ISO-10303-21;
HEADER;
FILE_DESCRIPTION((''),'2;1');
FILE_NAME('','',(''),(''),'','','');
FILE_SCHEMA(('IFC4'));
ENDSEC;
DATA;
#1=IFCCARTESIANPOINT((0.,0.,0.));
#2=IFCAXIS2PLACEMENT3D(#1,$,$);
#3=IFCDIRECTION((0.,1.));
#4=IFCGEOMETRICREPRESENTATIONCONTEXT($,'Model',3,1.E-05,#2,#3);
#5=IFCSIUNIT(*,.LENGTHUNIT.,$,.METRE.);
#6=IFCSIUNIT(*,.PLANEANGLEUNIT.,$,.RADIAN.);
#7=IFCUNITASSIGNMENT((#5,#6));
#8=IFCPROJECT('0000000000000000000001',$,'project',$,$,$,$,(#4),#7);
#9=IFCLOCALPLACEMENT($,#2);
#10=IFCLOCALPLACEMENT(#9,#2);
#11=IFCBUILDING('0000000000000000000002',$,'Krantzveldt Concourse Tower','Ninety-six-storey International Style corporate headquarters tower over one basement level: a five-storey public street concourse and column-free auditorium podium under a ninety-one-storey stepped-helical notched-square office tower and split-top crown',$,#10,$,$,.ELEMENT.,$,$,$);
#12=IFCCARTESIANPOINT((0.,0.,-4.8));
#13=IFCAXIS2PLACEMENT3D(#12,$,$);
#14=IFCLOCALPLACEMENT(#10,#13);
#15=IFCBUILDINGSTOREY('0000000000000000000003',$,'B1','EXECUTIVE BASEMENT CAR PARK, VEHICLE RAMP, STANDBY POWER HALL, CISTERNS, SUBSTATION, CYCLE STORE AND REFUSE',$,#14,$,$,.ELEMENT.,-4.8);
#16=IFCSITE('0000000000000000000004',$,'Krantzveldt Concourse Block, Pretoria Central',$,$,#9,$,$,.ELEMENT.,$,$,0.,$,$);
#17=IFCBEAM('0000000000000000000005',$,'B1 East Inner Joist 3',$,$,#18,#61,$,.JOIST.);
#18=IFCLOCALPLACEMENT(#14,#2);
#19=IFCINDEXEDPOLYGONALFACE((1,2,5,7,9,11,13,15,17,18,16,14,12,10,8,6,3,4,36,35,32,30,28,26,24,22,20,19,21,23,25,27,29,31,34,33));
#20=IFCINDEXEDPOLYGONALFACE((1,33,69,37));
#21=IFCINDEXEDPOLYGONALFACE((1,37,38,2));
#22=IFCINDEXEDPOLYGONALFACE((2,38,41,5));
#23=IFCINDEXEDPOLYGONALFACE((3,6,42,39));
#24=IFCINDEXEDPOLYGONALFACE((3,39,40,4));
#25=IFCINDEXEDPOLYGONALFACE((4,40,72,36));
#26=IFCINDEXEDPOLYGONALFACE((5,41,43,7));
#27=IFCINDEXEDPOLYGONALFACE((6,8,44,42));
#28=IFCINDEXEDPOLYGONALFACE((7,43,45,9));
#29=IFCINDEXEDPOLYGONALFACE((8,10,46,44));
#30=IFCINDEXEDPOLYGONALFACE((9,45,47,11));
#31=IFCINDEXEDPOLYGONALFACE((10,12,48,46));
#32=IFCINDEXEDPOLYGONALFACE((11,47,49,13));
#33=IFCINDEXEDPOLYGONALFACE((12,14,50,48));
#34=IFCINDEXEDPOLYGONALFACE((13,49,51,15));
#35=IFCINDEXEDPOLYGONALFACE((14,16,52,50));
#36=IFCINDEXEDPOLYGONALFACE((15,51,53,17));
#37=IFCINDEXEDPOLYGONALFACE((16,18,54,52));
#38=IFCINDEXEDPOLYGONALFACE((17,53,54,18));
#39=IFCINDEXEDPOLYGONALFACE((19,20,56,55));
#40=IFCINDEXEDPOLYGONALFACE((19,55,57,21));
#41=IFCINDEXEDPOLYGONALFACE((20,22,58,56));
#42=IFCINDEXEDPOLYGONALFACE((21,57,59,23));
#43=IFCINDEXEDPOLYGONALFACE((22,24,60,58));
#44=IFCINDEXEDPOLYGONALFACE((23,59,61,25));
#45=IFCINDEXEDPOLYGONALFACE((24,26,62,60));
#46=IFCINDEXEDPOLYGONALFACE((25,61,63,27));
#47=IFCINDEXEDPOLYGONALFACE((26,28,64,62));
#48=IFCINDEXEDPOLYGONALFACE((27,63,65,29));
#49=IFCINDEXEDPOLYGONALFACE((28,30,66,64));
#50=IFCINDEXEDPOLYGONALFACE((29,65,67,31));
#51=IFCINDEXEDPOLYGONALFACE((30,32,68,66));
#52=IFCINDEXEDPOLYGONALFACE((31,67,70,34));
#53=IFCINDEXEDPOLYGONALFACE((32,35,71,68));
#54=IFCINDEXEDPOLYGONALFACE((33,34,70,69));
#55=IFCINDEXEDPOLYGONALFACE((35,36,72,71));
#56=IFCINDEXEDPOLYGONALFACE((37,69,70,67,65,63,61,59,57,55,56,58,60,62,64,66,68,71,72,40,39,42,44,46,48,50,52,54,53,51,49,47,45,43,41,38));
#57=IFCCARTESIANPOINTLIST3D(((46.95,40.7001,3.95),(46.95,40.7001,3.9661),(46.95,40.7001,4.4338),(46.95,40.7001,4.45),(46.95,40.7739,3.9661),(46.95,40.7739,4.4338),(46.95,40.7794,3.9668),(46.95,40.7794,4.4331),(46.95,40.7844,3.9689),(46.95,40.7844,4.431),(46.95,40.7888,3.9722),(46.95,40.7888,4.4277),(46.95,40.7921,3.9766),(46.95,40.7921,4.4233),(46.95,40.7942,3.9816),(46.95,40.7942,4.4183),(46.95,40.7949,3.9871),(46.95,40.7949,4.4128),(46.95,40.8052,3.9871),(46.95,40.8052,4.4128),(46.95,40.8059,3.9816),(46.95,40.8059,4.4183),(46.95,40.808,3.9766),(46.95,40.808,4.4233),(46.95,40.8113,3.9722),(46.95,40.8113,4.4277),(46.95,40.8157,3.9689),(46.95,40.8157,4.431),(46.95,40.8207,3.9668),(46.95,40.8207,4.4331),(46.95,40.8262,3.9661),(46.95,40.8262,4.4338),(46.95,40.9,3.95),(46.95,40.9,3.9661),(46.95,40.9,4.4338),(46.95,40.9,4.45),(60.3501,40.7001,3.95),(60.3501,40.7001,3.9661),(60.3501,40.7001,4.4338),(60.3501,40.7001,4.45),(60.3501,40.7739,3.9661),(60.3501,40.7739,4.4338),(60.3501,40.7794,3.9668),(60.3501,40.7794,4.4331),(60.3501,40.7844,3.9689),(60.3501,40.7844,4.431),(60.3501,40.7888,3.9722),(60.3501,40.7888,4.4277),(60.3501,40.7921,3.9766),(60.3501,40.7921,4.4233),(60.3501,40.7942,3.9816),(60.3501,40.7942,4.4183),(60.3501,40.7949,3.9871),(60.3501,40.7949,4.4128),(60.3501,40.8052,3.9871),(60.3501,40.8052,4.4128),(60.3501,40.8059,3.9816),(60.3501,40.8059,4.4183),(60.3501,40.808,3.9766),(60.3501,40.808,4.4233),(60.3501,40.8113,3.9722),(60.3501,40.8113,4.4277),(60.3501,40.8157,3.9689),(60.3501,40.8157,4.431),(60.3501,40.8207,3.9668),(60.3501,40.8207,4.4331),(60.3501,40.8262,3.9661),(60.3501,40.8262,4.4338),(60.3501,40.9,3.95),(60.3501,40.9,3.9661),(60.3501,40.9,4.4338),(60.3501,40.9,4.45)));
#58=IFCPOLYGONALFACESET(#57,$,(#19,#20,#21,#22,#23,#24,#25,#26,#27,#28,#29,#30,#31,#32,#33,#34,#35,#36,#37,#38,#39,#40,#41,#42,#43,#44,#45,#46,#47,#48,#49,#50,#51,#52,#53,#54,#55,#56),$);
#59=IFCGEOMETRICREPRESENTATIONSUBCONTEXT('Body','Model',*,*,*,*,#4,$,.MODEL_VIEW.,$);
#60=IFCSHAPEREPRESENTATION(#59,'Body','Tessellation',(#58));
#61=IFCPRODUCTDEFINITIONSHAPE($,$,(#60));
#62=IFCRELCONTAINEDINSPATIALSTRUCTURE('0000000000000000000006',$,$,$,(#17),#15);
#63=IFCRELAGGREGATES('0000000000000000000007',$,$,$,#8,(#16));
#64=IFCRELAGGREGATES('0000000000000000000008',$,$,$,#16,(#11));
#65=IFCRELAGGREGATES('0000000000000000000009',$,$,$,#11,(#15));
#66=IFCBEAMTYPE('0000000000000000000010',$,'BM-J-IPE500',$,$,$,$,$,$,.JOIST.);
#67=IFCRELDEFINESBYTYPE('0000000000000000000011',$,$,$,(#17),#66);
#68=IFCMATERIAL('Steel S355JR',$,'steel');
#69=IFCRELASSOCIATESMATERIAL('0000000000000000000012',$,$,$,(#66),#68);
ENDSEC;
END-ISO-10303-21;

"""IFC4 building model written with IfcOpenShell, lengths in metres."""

from ifc_helpers import new_model, si_unit, direction, frame, origin, origin_2d, place, context, subcontext, project, spatial, i_section, extrude, source, transform, mapped, material, material_profile, profile_set, type_object, type_shapes, element, save


model = new_model("IFC4")

# Units and contexts
model_context = context("Model", 3, precision=1e-05, world=origin(), true_north=direction((0.0, 1.0)))
body_context = subcontext(model_context, "Body", "Model", "MODEL_VIEW")
ifc_project = project(units=[si_unit("LENGTHUNIT", "METRE"), si_unit("PLANEANGLEUNIT", "RADIAN")], contexts=[model_context])

# Site, building, storey
site_placement = place(None, origin())
site = spatial("IfcSite", under=ifc_project, at=site_placement, Name="Krantzveldt Concourse Block, Pretoria Central", CompositionType="ELEMENT", RefElevation=0.0)
building_placement = place(site_placement, origin())
building = spatial("IfcBuilding", under=site, at=building_placement, Name="Krantzveldt Concourse Tower", Description="Ninety-six-storey International Style corporate headquarters tower over one basement level: a five-storey public street concourse and column-free auditorium podium under a ninety-one-storey stepped-helical notched-square office tower and split-top crown", CompositionType="ELEMENT")
storey_placement = place(building_placement, frame((0.0, 0.0, -4.8)))
storey = spatial("IfcBuildingStorey", under=building, at=storey_placement, Name="B1", Description="EXECUTIVE BASEMENT CAR PARK, VEHICLE RAMP, STANDBY POWER HALL, CISTERNS, SUBSTATION, CYCLE STORE AND REFUSE", CompositionType="ELEMENT", Elevation=-4.8)

# Beam
ifc_material_1 = material(Name="Steel S355JR", Category="steel")
ifc_material_profile_1 = material_profile(ifc_material_1, i_section(OverallWidth=0.2, OverallDepth=0.5, WebThickness=0.0103, FlangeThickness=0.0161, FilletRadius=0.021, at=origin_2d()), Name="Steel S355JR", Category="steel")
ifc_profile_set_1 = profile_set([ifc_material_profile_1], Name="Steel S355JR - IPE 500")
beam_type_1 = type_object("IfcBeamType", Name="BM-J-IPE500", PredefinedType="JOIST", material=ifc_profile_set_1)
shared_shape_1 = source(origin(), body_context, "Body", "SweptSolid", [
    extrude(i_section(OverallWidth=0.2, OverallDepth=0.5, WebThickness=0.0103, FlangeThickness=0.0161, FilletRadius=0.021, at=origin_2d()), origin(), (0.0, 0.0, 1.0), 13.4001),
])
type_shapes(beam_type_1, [shared_shape_1])
beam_1_placement = place(storey_placement, frame((46.95, 40.8, 4.2), z_axis=(1.0, 0.0, 0.0), x_axis=(0.0, 1.0, 0.0)))
element("IfcBeam", 1, at=beam_1_placement, inside=storey, type_object=beam_type_1, Name="B1 East Inner Joist 3", PredefinedType="JOIST", context=body_context, shape_type="MappedRepresentation", body=[
    mapped(shared_shape_1, transform((0.0, 0.0, 0.0), x_axis=(1.0, 0.0, 0.0), y_axis=(0.0, 1.0, 0.0), z_axis=(0.0, 0.0, 1.0), scale=1.0)),
])

save(model, "model.ifc")
